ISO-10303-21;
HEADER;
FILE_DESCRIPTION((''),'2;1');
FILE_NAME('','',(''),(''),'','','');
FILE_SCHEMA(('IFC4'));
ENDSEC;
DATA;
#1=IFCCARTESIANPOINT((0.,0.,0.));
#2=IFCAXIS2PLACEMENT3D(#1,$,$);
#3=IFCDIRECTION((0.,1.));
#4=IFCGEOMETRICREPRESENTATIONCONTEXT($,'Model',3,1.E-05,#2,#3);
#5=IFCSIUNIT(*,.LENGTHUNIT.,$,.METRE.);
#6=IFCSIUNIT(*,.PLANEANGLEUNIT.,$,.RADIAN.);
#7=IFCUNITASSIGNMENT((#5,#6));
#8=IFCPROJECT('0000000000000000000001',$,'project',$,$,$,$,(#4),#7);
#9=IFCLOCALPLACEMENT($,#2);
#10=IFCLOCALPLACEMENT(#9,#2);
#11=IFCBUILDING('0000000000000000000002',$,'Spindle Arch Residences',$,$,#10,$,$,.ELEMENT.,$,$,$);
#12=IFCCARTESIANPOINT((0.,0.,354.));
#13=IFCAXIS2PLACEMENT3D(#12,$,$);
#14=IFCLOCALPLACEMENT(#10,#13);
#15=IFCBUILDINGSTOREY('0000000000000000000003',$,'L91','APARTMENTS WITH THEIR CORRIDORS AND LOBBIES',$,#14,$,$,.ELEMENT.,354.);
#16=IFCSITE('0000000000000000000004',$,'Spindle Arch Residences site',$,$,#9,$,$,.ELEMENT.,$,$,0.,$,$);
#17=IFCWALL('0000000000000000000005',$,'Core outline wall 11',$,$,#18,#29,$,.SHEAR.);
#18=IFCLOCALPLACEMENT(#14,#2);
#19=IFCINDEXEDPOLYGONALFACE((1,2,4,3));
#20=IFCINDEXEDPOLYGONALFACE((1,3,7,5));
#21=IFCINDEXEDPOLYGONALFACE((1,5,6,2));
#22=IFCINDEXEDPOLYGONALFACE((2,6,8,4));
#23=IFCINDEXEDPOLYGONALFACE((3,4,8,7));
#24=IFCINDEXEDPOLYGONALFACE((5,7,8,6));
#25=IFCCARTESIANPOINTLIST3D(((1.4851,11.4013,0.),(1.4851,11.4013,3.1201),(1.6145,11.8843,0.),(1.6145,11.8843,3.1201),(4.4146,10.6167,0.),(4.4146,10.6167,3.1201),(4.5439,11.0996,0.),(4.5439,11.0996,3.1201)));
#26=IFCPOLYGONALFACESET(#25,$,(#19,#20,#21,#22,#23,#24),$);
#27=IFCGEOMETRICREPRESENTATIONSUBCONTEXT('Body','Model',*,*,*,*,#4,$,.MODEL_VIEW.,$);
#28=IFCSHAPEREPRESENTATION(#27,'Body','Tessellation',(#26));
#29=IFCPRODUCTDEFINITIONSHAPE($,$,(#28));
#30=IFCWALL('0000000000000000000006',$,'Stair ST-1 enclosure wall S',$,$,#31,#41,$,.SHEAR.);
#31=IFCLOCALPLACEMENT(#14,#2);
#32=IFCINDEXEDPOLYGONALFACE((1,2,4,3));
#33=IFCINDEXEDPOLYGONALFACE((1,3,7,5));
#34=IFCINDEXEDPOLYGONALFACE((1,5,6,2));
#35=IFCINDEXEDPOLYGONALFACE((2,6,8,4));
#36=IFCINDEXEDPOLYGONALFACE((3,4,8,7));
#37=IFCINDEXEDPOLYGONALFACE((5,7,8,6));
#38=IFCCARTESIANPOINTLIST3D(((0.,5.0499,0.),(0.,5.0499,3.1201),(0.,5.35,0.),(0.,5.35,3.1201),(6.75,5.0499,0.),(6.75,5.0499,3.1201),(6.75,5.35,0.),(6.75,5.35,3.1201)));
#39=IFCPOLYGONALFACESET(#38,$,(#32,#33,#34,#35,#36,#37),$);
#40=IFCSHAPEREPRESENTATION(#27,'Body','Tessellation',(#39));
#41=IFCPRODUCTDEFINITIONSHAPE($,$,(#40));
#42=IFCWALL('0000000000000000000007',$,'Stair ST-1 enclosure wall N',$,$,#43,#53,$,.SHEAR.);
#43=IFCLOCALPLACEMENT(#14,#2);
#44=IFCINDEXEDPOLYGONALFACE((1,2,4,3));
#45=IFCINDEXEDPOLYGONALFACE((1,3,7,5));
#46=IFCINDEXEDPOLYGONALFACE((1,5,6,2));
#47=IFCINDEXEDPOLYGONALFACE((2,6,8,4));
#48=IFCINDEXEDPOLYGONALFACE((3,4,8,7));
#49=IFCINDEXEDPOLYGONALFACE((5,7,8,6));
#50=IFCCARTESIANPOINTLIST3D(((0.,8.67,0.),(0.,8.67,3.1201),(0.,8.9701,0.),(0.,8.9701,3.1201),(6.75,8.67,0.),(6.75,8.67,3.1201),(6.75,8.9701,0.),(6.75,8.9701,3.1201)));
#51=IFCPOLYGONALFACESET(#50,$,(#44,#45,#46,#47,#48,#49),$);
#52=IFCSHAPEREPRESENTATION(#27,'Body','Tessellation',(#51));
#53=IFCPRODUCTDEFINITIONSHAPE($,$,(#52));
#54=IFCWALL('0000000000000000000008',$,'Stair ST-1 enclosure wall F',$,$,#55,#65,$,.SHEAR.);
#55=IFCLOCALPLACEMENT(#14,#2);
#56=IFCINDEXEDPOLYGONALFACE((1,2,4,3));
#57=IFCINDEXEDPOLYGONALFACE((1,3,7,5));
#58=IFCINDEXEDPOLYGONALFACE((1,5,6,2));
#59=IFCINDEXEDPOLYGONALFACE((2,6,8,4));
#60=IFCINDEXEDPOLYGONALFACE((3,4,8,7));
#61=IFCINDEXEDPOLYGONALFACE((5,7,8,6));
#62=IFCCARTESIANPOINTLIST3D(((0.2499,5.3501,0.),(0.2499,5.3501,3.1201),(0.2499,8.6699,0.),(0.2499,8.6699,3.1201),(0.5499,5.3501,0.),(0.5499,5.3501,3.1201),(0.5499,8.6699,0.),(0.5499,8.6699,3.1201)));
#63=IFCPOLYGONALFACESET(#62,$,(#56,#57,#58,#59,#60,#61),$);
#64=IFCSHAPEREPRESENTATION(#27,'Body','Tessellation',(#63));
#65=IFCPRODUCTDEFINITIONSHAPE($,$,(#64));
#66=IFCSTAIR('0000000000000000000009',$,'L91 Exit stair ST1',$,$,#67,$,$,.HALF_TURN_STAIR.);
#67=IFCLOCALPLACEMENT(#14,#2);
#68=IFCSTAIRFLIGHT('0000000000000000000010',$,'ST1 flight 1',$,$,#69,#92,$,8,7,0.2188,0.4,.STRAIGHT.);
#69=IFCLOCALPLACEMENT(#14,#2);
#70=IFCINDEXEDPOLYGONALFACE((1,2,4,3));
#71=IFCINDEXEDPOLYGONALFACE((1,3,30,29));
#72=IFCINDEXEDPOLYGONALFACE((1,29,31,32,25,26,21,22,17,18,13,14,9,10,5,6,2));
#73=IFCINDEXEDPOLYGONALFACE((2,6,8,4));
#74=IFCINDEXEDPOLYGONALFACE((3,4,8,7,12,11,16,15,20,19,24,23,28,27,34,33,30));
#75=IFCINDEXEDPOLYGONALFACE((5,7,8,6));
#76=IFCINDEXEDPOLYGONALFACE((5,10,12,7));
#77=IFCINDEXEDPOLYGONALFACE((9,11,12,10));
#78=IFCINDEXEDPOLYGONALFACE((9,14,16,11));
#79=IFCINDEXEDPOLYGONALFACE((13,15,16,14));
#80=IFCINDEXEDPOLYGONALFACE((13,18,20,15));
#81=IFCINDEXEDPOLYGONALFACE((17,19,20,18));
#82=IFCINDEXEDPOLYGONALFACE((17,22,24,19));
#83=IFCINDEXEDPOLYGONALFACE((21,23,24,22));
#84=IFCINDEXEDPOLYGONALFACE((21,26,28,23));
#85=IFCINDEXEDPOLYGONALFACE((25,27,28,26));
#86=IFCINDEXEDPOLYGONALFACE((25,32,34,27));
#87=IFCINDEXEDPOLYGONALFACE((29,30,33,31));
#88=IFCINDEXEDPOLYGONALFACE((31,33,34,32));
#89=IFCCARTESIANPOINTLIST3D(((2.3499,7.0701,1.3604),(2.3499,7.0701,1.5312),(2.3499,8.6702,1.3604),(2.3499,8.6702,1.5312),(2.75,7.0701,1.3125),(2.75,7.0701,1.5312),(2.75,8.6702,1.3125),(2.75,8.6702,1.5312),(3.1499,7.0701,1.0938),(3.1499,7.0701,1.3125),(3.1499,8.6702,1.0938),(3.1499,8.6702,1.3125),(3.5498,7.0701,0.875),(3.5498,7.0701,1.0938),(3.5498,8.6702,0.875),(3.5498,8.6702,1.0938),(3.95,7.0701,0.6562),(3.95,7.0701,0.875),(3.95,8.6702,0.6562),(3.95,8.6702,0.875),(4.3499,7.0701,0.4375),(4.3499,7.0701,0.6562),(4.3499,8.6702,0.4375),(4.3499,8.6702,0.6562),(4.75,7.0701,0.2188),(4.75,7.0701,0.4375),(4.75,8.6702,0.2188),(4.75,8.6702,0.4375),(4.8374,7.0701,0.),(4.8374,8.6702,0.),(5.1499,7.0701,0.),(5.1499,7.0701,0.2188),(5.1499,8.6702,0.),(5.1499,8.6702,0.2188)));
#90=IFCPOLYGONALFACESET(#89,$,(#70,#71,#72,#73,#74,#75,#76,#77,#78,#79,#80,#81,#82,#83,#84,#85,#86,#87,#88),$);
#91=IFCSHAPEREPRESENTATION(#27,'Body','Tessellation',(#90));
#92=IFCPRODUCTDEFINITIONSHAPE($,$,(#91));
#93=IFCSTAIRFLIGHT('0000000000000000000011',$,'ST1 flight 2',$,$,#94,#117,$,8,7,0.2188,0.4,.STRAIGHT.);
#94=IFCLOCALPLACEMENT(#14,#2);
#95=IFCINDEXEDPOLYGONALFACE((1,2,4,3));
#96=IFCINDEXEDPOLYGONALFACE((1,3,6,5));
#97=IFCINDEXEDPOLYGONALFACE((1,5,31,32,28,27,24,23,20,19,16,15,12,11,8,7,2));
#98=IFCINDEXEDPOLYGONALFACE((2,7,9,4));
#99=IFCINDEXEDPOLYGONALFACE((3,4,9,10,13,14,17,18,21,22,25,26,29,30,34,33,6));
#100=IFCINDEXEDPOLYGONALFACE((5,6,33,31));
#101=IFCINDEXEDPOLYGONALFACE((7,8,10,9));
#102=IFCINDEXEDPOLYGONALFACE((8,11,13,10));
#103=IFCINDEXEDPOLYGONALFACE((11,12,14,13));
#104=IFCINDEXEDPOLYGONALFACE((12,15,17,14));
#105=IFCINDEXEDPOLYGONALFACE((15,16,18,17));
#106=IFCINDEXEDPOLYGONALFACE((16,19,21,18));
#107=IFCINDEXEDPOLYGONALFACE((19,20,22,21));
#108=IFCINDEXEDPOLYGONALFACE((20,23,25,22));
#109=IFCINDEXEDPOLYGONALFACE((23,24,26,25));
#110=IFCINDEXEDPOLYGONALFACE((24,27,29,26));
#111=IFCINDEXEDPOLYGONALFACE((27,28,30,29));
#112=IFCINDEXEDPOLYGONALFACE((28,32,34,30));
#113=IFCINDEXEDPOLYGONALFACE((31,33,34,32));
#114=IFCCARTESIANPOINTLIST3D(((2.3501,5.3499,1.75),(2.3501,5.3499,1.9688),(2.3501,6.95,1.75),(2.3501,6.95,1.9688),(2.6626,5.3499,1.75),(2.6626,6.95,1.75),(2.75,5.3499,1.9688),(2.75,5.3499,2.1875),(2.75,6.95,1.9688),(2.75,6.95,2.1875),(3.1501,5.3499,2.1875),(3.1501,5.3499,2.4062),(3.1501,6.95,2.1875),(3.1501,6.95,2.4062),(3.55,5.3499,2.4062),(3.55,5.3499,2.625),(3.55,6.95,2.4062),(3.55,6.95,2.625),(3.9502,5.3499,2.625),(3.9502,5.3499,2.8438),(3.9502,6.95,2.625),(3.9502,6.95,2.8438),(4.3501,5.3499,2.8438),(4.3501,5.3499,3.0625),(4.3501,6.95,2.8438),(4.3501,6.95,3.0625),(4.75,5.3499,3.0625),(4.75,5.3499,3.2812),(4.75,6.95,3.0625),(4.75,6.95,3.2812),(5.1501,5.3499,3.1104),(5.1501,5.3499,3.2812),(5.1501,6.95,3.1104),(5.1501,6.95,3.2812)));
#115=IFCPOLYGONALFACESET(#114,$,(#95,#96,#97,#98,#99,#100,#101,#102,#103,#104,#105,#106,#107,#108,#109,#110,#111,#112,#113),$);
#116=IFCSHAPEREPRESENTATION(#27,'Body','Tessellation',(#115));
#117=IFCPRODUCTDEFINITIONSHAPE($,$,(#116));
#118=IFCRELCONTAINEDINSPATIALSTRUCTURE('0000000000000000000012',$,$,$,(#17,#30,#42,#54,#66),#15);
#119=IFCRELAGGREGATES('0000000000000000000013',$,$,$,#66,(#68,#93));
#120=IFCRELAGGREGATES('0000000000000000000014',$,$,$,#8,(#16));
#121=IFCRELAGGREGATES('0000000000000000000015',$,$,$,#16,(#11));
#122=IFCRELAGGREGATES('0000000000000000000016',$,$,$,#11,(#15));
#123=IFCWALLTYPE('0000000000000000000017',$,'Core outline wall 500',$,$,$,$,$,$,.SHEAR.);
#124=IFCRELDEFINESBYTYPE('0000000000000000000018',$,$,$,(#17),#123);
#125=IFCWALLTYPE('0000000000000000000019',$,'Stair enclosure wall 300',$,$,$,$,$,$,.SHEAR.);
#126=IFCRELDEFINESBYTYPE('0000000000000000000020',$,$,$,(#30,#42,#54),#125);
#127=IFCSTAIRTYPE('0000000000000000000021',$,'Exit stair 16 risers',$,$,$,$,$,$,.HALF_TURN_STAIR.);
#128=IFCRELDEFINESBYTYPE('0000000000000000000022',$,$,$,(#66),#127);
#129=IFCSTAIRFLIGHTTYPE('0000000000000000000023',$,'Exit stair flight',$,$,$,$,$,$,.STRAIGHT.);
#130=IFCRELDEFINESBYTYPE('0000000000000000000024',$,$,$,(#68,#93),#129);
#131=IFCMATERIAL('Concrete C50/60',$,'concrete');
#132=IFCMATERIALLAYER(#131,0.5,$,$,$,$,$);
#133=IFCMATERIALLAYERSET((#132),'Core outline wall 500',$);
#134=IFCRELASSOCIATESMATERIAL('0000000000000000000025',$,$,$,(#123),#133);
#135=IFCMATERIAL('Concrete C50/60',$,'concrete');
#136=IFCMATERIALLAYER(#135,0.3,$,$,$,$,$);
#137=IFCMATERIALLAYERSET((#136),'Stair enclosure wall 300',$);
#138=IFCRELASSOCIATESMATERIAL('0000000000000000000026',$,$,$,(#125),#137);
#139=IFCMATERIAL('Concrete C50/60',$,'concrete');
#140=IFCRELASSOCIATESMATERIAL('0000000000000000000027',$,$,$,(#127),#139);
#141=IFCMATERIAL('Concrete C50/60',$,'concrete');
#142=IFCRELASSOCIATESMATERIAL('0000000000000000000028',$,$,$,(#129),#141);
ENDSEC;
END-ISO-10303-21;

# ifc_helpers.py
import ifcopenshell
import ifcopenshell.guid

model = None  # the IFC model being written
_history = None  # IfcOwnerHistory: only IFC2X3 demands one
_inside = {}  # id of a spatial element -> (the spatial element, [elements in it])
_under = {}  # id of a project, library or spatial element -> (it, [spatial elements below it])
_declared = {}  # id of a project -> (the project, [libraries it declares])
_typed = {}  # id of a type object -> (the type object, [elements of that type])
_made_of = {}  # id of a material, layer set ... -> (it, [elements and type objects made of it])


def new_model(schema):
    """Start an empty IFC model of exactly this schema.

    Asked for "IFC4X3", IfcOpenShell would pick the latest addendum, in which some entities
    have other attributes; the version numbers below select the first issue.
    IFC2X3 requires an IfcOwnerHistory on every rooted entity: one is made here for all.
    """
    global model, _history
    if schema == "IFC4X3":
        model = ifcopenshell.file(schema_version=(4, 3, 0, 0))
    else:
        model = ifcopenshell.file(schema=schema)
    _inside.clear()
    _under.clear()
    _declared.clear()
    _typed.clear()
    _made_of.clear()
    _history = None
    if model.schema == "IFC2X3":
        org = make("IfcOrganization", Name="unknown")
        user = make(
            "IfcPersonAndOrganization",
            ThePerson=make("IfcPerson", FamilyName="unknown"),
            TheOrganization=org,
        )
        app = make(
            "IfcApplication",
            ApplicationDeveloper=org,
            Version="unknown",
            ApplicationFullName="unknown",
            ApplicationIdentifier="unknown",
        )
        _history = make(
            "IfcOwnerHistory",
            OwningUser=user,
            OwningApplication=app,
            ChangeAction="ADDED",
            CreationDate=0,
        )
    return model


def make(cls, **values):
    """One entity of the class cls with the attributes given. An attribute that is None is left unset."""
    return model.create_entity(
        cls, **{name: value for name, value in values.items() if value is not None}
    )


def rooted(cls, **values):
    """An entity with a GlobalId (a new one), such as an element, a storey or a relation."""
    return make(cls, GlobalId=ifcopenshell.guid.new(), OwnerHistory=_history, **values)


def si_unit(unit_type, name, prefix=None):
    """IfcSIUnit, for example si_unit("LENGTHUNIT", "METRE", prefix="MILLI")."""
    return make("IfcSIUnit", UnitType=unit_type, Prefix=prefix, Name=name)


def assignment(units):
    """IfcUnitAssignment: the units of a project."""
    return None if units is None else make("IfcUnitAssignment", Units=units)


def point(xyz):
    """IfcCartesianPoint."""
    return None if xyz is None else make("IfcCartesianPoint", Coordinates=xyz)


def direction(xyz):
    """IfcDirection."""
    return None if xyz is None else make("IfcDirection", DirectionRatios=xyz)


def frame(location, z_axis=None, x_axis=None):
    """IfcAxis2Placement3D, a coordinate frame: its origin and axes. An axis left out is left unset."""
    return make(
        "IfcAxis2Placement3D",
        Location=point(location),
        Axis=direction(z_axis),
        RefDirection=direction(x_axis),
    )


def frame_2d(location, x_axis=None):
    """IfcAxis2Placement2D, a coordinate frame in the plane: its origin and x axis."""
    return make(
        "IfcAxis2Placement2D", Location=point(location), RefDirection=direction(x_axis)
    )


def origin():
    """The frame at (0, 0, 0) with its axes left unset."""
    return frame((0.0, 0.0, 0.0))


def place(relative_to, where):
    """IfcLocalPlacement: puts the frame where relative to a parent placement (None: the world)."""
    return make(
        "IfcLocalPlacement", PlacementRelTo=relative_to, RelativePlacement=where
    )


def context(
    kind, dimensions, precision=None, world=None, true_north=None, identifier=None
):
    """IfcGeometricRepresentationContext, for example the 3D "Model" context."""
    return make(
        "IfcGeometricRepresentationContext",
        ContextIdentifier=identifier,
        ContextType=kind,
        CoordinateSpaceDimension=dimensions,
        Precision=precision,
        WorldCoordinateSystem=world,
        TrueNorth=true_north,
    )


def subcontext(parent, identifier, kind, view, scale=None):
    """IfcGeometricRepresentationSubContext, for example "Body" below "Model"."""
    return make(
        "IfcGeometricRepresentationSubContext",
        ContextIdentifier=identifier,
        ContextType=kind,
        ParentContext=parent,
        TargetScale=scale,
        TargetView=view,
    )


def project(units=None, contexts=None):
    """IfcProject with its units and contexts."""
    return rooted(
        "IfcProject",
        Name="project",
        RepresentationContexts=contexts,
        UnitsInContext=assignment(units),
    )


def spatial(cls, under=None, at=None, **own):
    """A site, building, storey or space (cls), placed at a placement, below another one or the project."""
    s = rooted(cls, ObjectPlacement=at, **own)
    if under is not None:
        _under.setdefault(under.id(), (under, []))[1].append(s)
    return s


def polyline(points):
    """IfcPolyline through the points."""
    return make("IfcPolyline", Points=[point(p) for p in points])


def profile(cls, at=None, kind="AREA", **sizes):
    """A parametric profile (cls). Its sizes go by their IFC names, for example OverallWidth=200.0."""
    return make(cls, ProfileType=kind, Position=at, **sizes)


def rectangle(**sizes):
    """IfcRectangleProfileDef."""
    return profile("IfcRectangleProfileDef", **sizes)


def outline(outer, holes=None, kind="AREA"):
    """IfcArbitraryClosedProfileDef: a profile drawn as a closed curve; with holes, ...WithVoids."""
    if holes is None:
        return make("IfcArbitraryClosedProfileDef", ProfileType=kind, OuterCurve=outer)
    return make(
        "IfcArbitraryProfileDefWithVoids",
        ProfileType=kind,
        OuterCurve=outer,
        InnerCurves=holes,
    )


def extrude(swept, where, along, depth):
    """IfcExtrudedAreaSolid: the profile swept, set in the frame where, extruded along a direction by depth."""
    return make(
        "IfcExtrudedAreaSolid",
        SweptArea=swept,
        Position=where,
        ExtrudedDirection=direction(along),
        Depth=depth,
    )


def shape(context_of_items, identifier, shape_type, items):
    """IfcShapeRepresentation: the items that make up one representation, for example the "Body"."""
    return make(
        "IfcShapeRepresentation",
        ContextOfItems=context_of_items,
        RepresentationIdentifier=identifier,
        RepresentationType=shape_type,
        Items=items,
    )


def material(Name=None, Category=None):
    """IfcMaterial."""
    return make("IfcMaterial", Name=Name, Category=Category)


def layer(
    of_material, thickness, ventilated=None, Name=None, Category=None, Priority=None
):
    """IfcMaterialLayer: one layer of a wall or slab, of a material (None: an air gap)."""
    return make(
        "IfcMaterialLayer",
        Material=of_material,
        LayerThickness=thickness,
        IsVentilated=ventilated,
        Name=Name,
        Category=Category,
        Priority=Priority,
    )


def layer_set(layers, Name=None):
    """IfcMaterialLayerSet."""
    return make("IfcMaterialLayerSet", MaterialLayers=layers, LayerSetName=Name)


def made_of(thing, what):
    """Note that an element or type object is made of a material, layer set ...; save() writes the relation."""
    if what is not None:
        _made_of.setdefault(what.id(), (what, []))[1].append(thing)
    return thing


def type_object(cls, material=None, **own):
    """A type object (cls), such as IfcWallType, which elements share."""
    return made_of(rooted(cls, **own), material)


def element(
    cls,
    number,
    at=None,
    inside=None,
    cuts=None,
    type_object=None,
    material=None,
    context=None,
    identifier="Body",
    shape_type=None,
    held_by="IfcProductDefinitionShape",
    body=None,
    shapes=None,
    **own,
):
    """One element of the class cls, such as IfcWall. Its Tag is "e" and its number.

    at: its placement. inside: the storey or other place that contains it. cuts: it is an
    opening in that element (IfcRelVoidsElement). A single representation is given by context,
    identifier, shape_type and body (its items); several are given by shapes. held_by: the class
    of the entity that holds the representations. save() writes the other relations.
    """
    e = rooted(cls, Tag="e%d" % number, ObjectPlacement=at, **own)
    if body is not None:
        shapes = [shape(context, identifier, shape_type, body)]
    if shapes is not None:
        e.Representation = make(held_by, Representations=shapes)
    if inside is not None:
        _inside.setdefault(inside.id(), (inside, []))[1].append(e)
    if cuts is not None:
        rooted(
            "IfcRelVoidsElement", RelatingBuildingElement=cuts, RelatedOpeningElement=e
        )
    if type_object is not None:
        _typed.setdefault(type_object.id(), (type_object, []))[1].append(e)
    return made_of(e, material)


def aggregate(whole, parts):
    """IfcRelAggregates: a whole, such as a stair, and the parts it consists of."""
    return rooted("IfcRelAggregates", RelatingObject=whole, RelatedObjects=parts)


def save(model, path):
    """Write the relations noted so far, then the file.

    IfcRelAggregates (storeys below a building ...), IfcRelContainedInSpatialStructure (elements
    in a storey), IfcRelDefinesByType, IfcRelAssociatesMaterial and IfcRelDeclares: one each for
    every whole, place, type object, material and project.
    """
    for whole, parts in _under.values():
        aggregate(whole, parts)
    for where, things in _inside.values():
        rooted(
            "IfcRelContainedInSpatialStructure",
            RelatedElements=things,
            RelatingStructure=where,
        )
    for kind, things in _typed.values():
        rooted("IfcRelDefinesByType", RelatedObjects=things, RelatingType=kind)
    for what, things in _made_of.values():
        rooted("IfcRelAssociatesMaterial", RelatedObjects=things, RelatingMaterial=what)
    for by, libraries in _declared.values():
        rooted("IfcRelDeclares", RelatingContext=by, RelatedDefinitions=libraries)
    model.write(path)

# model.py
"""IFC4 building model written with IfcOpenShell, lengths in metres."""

from ifc_helpers import new_model, si_unit, direction, frame, frame_2d, origin, place, context, subcontext, project, spatial, polyline, rectangle, outline, extrude, material, layer, layer_set, type_object, element, aggregate, save


model = new_model("IFC4")

# Units and contexts
model_context = context("Model", 3, precision=1e-05, world=origin(), true_north=direction((0.0, 1.0)))
body_context = subcontext(model_context, "Body", "Model", "MODEL_VIEW")
ifc_project = project(units=[si_unit("LENGTHUNIT", "METRE"), si_unit("PLANEANGLEUNIT", "RADIAN")], contexts=[model_context])

# Site, building, storey
site_placement = place(None, origin())
site = spatial("IfcSite", under=ifc_project, at=site_placement, Name="Spindle Arch Residences site", CompositionType="ELEMENT", RefElevation=0.0)
building_placement = place(site_placement, origin())
building = spatial("IfcBuilding", under=site, at=building_placement, Name="Spindle Arch Residences", CompositionType="ELEMENT")
storey_placement = place(building_placement, frame((0.0, 0.0, 354.0)))
storey = spatial("IfcBuildingStorey", under=building, at=storey_placement, Name="L91", Description="APARTMENTS WITH THEIR CORRIDORS AND LOBBIES", CompositionType="ELEMENT", Elevation=354.0)

# Wall
ifc_material_1 = material(Name="Concrete C50/60", Category="concrete")
ifc_layer_1 = layer(ifc_material_1, 0.5)
ifc_layer_set_1 = layer_set([ifc_layer_1], Name="Core outline wall 500")
wall_type_1 = type_object("IfcWallType", Name="Core outline wall 500", PredefinedType="SHEAR", material=ifc_layer_set_1)
wall_1_placement = place(storey_placement, frame((4.4792, 10.8582, 0.0), z_axis=(0.0, 0.0, 1.0), x_axis=(-0.965948, 0.258735, 0.0)))
element("IfcWall", 1, at=wall_1_placement, inside=storey, type_object=wall_type_1, Name="Core outline wall 11", PredefinedType="SHEAR", context=body_context, shape_type="SweptSolid", body=[
    extrude(rectangle(XDim=3.0327, YDim=0.5, at=frame_2d((1.5164, 0.0))), origin(), (0.0, 0.0, 1.0), 3.1201),
])

# Walls
ifc_material_2 = material(Name="Concrete C50/60", Category="concrete")
ifc_layer_2 = layer(ifc_material_2, 0.3)
ifc_layer_set_2 = layer_set([ifc_layer_2], Name="Stair enclosure wall 300")
wall_type_2 = type_object("IfcWallType", Name="Stair enclosure wall 300", PredefinedType="SHEAR", material=ifc_layer_set_2)
for number, where, z_axis, x_axis, name in (
    (2, (0.0, 5.2, 0.0), (0.0, 0.0, 1.0), (1.0, 0.0, 0.0), "Stair ST-1 enclosure wall S"),
    (3, (0.0, 8.8201, 0.0), (0.0, 0.0, 1.0), (1.0, 0.0, 0.0), "Stair ST-1 enclosure wall N"),
):
    element("IfcWall", number, at=place(storey_placement, frame(where, z_axis=z_axis, x_axis=x_axis)), inside=storey, type_object=wall_type_2, Name=name, PredefinedType="SHEAR", context=body_context, shape_type="SweptSolid", body=[
        extrude(rectangle(XDim=6.75, YDim=0.3, at=frame_2d((3.375, 0.0))), origin(), (0.0, 0.0, 1.0), 3.1201),
    ])
wall_2_placement = place(storey_placement, frame((0.3999, 5.3501, 0.0), z_axis=(0.0, 0.0, 1.0), x_axis=(0.0, 1.0, 0.0)))
element("IfcWall", 4, at=wall_2_placement, inside=storey, type_object=wall_type_2, Name="Stair ST-1 enclosure wall F", PredefinedType="SHEAR", context=body_context, shape_type="SweptSolid", body=[
    extrude(rectangle(XDim=3.3198, YDim=0.3, at=frame_2d((1.6599, 0.0))), origin(), (0.0, 0.0, 1.0), 3.1201),
])

# Stair, stair flights
ifc_material_3 = material(Name="Concrete C50/60", Category="concrete")
stair_type = type_object("IfcStairType", Name="Exit stair 16 risers", PredefinedType="HALF_TURN_STAIR", material=ifc_material_3)
stair_placement = place(storey_placement, origin())
stair = element("IfcStair", 5, at=stair_placement, inside=storey, type_object=stair_type, Name="L91 Exit stair ST1", PredefinedType="HALF_TURN_STAIR")
ifc_material_4 = material(Name="Concrete C50/60", Category="concrete")
stair_flight_type = type_object("IfcStairFlightType", Name="Exit stair flight", PredefinedType="STRAIGHT", material=ifc_material_4)
stair_flight_1_placement = place(storey_placement, frame((5.1499, 7.8701, 0.0), z_axis=(0.0, 0.0, 1.0), x_axis=(-1.0, 0.0, 0.0)))
stair_flight_1 = element("IfcStairFlight", 6, at=stair_flight_1_placement, type_object=stair_flight_type, Name="ST1 flight 1", NumberOfRisers=8, NumberOfTreads=7, PredefinedType="STRAIGHT", RiserHeight=0.2188, TreadLength=0.4, context=body_context, shape_type="SweptSolid", body=[
    extrude(outline(polyline([(0.0, 0.0), (0.0, 0.2188), (0.3999, 0.2188), (0.3999, 0.4375), (0.8, 0.4375), (0.8, 0.6562), (1.2, 0.6562), (1.2, 0.875), (1.6001, 0.875), (1.6001, 1.0938), (2.0, 1.0938), (2.0, 1.3125), (2.3999, 1.3125), (2.3999, 1.5312), (2.8, 1.5312), (2.8, 1.75), (2.8, 1.3604), (0.3125, 0.0), (0.0, 0.0)])), frame((0.0, 0.8, 0.0), z_axis=(0.0, -1.0, 0.0), x_axis=(1.0, 0.0, 0.0)), (0.0, 0.0, 1.0), 1.6001),
])
stair_flight_2_placement = place(storey_placement, frame((2.3501, 6.1499, 1.75), z_axis=(0.0, 0.0, 1.0), x_axis=(1.0, 0.0, 0.0)))
stair_flight_2 = element("IfcStairFlight", 7, at=stair_flight_2_placement, type_object=stair_flight_type, Name="ST1 flight 2", NumberOfRisers=8, NumberOfTreads=7, PredefinedType="STRAIGHT", RiserHeight=0.2188, TreadLength=0.4, context=body_context, shape_type="SweptSolid", body=[
    extrude(outline(polyline([(0.0, 0.0), (0.0, 0.2188), (0.3999, 0.2188), (0.3999, 0.4375), (0.8, 0.4375), (0.8, 0.6562), (1.2, 0.6562), (1.2, 0.875), (1.6001, 0.875), (1.6001, 1.0938), (2.0, 1.0938), (2.0, 1.3125), (2.3999, 1.3125), (2.3999, 1.5312), (2.8, 1.5312), (2.8, 1.75), (2.8, 1.3604), (0.3125, 0.0), (0.0, 0.0)])), frame((0.0, 0.8, 0.0), z_axis=(0.0, -1.0, 0.0), x_axis=(1.0, 0.0, 0.0)), (0.0, 0.0, 1.0), 1.6001),
])
aggregate(stair, [stair_flight_1, stair_flight_2])

save(model, "model.ifc")
